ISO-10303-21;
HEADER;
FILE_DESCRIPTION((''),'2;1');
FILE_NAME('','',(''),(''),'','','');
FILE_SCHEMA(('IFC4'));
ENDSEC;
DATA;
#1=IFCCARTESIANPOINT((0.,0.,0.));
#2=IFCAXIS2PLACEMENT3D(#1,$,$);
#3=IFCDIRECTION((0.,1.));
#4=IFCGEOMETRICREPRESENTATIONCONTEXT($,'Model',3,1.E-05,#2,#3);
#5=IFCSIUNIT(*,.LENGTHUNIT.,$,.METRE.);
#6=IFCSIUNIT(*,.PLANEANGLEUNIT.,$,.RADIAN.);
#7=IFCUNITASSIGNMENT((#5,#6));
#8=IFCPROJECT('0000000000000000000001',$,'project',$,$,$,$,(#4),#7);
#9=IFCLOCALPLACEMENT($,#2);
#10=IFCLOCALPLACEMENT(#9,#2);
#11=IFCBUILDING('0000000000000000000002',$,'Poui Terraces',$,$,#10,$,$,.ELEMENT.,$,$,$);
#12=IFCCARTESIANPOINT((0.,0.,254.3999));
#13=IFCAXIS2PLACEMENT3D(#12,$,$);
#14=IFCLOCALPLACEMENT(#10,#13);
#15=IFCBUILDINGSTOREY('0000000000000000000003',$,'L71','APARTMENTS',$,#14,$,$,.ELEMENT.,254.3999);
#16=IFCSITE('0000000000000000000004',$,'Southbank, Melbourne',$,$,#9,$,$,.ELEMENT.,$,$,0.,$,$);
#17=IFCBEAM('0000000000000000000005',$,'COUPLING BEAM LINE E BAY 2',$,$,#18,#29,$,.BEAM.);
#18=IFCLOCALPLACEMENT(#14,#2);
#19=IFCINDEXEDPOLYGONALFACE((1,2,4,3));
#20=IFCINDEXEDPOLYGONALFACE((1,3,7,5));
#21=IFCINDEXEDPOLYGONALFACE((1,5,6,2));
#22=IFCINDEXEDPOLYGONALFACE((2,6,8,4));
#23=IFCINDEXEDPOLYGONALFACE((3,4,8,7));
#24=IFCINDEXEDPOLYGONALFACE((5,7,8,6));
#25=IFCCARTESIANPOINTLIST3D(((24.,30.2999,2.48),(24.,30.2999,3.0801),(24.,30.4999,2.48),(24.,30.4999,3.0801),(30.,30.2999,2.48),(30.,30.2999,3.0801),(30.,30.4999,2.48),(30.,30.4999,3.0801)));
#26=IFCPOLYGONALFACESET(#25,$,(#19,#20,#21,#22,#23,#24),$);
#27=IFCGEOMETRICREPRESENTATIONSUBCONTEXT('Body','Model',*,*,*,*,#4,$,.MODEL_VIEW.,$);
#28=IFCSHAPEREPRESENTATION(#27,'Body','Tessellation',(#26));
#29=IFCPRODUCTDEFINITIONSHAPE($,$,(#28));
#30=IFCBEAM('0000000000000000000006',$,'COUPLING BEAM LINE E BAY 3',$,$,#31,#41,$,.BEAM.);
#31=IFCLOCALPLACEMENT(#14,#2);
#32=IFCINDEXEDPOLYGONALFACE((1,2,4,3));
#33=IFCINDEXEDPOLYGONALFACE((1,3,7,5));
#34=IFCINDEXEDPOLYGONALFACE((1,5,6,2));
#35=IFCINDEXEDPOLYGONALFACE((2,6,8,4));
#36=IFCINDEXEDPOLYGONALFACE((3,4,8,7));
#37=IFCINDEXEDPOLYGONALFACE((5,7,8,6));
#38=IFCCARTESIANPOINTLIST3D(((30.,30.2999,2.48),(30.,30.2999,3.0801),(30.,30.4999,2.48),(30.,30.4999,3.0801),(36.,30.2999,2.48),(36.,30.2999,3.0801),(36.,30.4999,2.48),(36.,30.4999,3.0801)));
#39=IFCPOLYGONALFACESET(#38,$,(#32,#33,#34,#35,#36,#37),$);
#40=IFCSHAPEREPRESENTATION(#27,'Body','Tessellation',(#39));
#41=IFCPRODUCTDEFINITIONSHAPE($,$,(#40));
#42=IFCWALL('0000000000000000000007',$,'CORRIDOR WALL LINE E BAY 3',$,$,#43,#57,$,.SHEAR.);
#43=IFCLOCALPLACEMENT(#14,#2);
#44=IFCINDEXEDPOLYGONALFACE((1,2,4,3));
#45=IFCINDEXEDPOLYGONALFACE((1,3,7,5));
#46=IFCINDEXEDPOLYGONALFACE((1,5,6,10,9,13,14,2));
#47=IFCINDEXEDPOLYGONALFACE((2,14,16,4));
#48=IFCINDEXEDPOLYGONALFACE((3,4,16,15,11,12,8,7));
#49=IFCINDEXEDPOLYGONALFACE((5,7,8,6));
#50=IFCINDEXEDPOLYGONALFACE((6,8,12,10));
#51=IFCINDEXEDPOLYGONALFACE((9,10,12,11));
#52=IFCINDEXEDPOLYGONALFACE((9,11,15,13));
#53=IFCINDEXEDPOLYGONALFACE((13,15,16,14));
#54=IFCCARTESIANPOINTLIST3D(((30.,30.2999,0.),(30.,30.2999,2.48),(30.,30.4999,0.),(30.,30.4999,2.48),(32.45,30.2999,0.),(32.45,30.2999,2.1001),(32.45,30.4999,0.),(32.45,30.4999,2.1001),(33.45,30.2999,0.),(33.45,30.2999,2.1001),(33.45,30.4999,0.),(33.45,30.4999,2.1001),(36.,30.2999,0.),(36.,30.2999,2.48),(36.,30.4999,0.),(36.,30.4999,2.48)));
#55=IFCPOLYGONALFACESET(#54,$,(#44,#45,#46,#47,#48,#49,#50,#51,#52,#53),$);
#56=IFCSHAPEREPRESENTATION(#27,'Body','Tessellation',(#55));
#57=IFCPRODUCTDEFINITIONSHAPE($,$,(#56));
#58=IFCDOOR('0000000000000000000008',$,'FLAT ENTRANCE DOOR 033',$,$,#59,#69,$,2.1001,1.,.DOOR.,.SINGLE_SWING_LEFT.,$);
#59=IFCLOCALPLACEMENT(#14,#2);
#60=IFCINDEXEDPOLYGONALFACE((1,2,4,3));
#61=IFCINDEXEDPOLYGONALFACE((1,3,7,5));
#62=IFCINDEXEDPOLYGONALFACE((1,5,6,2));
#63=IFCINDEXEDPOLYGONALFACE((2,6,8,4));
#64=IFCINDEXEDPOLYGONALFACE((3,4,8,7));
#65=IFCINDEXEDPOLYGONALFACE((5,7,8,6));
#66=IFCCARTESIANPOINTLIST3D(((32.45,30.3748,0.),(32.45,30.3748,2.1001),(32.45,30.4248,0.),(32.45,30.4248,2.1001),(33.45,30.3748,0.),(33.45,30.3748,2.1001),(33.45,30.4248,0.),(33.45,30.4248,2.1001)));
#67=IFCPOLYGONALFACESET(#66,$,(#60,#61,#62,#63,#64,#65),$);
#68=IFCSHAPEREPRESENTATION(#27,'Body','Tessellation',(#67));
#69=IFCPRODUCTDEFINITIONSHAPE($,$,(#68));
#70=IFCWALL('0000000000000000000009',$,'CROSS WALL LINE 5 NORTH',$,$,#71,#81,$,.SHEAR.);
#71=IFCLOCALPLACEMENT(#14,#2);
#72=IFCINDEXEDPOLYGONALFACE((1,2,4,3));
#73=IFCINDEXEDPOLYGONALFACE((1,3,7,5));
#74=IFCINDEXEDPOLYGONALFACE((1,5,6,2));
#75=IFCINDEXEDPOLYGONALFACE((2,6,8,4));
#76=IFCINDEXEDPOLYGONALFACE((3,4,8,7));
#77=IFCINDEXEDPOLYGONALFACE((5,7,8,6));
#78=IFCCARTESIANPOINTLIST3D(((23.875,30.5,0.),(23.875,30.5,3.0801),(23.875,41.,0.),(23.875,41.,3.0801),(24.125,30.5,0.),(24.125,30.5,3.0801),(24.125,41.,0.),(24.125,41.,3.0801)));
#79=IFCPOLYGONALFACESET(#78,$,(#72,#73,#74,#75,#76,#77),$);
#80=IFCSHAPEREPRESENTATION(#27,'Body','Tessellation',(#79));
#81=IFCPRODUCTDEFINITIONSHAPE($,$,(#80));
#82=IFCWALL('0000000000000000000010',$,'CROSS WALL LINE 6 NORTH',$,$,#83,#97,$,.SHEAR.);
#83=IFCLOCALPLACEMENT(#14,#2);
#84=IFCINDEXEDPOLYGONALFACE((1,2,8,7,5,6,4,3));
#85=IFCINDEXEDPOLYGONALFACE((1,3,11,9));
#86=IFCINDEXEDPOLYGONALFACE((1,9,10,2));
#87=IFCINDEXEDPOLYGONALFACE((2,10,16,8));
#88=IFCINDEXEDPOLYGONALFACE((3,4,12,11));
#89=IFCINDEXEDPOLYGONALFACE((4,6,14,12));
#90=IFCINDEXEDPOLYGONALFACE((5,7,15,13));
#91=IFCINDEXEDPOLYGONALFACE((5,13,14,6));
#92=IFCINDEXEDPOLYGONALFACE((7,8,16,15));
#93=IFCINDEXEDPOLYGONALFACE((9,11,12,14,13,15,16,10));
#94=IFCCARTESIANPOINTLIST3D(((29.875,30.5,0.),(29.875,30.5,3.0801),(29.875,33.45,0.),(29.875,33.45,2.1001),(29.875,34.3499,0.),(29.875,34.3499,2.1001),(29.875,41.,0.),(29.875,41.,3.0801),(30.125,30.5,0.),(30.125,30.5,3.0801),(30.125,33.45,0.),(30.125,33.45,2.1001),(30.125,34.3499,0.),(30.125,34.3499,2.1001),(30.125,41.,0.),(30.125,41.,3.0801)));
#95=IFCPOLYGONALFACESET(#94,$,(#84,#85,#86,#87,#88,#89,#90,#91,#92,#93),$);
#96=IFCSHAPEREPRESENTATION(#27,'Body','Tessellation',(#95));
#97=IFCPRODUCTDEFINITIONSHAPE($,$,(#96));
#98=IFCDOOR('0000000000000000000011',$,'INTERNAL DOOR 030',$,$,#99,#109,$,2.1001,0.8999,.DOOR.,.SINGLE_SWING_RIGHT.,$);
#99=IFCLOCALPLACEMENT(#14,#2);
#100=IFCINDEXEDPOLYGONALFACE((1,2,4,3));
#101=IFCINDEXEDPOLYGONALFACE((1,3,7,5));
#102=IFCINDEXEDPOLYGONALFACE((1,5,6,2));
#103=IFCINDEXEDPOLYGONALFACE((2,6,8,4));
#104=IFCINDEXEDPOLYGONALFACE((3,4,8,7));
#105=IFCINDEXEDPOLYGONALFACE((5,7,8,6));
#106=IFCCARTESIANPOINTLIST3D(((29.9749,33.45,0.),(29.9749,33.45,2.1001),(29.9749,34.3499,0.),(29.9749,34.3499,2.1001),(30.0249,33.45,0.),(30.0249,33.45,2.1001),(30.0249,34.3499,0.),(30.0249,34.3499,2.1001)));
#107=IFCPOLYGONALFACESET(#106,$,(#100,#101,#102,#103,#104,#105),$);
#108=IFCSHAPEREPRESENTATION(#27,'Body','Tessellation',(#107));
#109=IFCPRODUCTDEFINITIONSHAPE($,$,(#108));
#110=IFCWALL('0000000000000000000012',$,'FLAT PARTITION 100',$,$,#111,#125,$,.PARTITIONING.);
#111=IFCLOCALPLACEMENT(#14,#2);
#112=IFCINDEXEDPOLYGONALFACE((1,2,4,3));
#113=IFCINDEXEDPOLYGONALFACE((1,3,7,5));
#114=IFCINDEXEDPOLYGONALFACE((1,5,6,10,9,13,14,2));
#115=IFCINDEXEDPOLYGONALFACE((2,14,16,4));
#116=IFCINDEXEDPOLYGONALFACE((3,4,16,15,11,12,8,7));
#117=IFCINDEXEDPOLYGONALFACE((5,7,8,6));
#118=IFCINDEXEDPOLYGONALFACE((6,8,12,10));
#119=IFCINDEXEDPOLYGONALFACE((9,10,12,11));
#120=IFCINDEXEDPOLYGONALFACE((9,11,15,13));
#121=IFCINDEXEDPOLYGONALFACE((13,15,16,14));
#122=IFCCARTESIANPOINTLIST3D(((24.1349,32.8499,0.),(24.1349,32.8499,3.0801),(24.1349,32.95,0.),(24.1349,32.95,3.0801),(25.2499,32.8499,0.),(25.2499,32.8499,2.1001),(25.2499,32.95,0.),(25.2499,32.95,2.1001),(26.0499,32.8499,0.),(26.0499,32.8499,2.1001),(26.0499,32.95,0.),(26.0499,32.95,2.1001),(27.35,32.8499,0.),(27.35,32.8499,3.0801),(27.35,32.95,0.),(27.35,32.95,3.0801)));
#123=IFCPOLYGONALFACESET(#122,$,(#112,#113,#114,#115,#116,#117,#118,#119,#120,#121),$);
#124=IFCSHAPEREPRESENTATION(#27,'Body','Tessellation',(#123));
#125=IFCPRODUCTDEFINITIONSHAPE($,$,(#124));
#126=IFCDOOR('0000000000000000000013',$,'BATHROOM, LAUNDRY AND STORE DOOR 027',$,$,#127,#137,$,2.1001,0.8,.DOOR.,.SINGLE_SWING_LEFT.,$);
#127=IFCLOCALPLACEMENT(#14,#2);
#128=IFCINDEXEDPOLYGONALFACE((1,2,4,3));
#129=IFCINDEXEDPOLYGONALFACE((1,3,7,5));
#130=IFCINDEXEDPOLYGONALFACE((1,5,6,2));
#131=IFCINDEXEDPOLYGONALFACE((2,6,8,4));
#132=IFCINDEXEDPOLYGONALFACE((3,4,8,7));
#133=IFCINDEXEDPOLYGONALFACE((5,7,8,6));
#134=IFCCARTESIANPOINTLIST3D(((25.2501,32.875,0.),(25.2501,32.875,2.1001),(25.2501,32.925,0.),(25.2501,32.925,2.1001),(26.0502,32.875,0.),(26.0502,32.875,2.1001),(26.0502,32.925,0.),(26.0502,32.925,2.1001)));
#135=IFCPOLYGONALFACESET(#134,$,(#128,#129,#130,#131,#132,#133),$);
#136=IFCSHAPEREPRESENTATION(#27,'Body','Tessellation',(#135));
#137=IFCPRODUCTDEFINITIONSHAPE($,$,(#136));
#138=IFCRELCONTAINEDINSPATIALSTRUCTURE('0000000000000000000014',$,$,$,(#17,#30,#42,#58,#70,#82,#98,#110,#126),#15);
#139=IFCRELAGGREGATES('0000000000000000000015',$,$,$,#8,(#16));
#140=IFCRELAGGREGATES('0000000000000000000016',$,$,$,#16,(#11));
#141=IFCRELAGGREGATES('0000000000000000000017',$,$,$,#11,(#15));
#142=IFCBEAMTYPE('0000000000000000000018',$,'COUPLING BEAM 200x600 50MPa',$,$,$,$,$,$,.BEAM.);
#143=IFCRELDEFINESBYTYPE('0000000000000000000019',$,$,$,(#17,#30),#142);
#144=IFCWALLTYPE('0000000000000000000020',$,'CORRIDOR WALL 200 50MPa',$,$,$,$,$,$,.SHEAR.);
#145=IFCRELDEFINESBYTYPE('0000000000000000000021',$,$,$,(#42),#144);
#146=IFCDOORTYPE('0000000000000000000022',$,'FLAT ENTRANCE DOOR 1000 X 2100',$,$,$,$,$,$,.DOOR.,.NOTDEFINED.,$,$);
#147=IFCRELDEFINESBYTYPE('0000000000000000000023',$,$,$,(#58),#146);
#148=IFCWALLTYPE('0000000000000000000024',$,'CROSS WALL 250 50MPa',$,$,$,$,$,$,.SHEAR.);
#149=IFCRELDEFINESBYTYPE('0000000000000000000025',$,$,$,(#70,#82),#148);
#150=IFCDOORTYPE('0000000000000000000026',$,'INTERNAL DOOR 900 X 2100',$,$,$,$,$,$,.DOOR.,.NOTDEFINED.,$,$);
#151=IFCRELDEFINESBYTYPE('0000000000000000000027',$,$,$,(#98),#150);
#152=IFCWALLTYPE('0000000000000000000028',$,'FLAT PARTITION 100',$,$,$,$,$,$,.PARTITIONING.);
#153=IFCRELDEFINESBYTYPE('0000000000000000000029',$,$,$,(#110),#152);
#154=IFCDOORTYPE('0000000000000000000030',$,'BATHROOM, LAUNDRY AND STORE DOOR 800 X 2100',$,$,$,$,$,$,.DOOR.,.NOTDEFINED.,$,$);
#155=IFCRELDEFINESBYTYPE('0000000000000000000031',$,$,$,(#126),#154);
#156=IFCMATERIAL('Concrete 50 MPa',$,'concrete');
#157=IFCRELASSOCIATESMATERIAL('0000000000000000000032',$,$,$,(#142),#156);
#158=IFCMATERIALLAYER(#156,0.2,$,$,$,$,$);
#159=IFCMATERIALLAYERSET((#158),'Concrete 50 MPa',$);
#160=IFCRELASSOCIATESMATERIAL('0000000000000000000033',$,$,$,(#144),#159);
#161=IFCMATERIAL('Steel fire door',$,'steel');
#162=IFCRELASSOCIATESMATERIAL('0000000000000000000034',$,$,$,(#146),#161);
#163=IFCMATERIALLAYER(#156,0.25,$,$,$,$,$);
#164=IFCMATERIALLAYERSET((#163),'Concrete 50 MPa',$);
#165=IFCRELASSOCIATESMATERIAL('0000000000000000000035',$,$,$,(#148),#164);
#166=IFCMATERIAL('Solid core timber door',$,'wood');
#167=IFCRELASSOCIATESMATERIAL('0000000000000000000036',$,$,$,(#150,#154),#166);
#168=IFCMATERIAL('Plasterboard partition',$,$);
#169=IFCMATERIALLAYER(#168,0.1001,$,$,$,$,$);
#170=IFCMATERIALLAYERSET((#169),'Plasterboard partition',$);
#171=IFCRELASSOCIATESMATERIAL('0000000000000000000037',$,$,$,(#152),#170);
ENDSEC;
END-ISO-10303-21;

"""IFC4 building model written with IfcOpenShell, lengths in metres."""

from ifc_helpers import new_model, si_unit, direction, frame, frame_2d, origin, origin_2d, place, context, subcontext, project, spatial, rectangle, extrude, source, transform, mapped, material, layer, layer_set, material_profile, profile_set, type_object, element, fill, save


model = new_model("IFC4")

# Units and contexts
model_context = context("Model", 3, precision=1e-05, world=origin(), true_north=direction((0.0, 1.0)))
body_context = subcontext(model_context, "Body", "Model", "MODEL_VIEW")
ifc_project = project(units=[si_unit("LENGTHUNIT", "METRE"), si_unit("PLANEANGLEUNIT", "RADIAN")], contexts=[model_context])

# Site, building, storey
site_placement = place(None, origin())
site = spatial("IfcSite", under=ifc_project, at=site_placement, Name="Southbank, Melbourne", CompositionType="ELEMENT", RefElevation=0.0)
building_placement = place(site_placement, origin())
building = spatial("IfcBuilding", under=site, at=building_placement, Name="Poui Terraces", CompositionType="ELEMENT")
storey_placement = place(building_placement, frame((0.0, 0.0, 254.3999)))
storey = spatial("IfcBuildingStorey", under=building, at=storey_placement, Name="L71", Description="APARTMENTS", CompositionType="ELEMENT", Elevation=254.3999)

# Beams
ifc_material_1 = material(Name="Concrete 50 MPa", Category="concrete")
ifc_material_profile = material_profile(ifc_material_1, rectangle(XDim=0.2, YDim=0.6001, at=origin_2d()), Name="RC 200x600")
ifc_profile_set = profile_set([ifc_material_profile], Name="Concrete 50 MPa")
beam_type = type_object("IfcBeamType", Name="COUPLING BEAM 200x600 50MPa", PredefinedType="BEAM", material=ifc_profile_set)
shared_shape_1 = source(origin(), body_context, "Body", "SweptSolid", [
    extrude(rectangle(XDim=0.2, YDim=0.6001, at=origin_2d()), origin(), (0.0, 0.0, 1.0), 6.0),
])
for number, where, z_axis, x_axis, name in (
    (1, (24.0, 30.3999, 2.78), (1.0, 0.0, 0.0), (0.0, 1.0, 0.0), "COUPLING BEAM LINE E BAY 2"),
    (2, (30.0, 30.3999, 2.78), (1.0, 0.0, 0.0), (0.0, 1.0, 0.0), "COUPLING BEAM LINE E BAY 3"),
):
    element("IfcBeam", number, at=place(storey_placement, frame(where, z_axis=z_axis, x_axis=x_axis)), inside=storey, type_object=beam_type, Name=name, PredefinedType="BEAM", context=body_context, shape_type="MappedRepresentation", body=[
        mapped(shared_shape_1, transform((0.0, 0.0, 0.0))),
    ])

# Wall, opening, door
ifc_layer_1 = layer(ifc_material_1, 0.2)
ifc_layer_set_1 = layer_set([ifc_layer_1], Name="Concrete 50 MPa")
wall_type_1 = type_object("IfcWallType", Name="CORRIDOR WALL 200 50MPa", PredefinedType="SHEAR", material=ifc_layer_set_1)
wall_1_placement = place(storey_placement, frame((30.0, 30.3999, 0.0), z_axis=(0.0, 0.0, 1.0), x_axis=(1.0, 0.0, 0.0)))
wall_1 = element("IfcWall", 3, at=wall_1_placement, inside=storey, type_object=wall_type_1, Name="CORRIDOR WALL LINE E BAY 3", PredefinedType="SHEAR", context=body_context, shape_type="SweptSolid", body=[
    extrude(rectangle(XDim=6.0, YDim=0.2, at=frame_2d((3.0, 0.0))), origin(), (0.0, 0.0, 1.0), 2.48),
])
opening_1_placement = place(wall_1_placement, frame((2.45, 0.0, 0.0)))
opening_1 = element("IfcOpeningElement", 4, at=opening_1_placement, cuts=wall_1, PredefinedType="OPENING", context=body_context, shape_type="SweptSolid", body=[
    extrude(rectangle(XDim=1.0, YDim=2.1001, at=frame_2d((0.5, 1.05))), frame((0.0, 0.1099, 0.0), z_axis=(0.0, -1.0, 0.0), x_axis=(1.0, 0.0, 0.0)), (0.0, 0.0, 1.0), 0.22),
])
ifc_material_2 = material(Name="Steel fire door", Category="steel")
door_type_1 = type_object("IfcDoorType", Name="FLAT ENTRANCE DOOR 1000 X 2100", OperationType="NOTDEFINED", PredefinedType="DOOR", material=ifc_material_2)
door_1_placement = place(opening_1_placement, origin())
door_1 = element("IfcDoor", 5, at=door_1_placement, inside=storey, type_object=door_type_1, Name="FLAT ENTRANCE DOOR 033", OperationType="SINGLE_SWING_LEFT", OverallHeight=2.1001, OverallWidth=1.0, PredefinedType="DOOR", context=body_context, shape_type="SweptSolid", body=[
    extrude(rectangle(XDim=1.0, YDim=2.1001, at=frame_2d((0.5, 1.05))), frame((0.0, 0.0249, 0.0), z_axis=(0.0, -1.0, 0.0), x_axis=(1.0, 0.0, 0.0)), (0.0, 0.0, 1.0), 0.05),
])
fill(opening_1, door_1)

# Wall
ifc_layer_2 = layer(ifc_material_1, 0.25)
ifc_layer_set_2 = layer_set([ifc_layer_2], Name="Concrete 50 MPa")
wall_type_2 = type_object("IfcWallType", Name="CROSS WALL 250 50MPa", PredefinedType="SHEAR", material=ifc_layer_set_2)
wall_2_placement = place(storey_placement, frame((24.0, 30.5, 0.0), z_axis=(0.0, 0.0, 1.0), x_axis=(0.0, 1.0, 0.0)))
element("IfcWall", 6, at=wall_2_placement, inside=storey, type_object=wall_type_2, Name="CROSS WALL LINE 5 NORTH", PredefinedType="SHEAR", context=body_context, shape_type="SweptSolid", body=[
    extrude(rectangle(XDim=10.5, YDim=0.25, at=frame_2d((5.25, 0.0))), origin(), (0.0, 0.0, 1.0), 3.0801),
])

# Walls, openings, doors
wall_3_placement = place(storey_placement, frame((30.0, 30.5, 0.0), z_axis=(0.0, 0.0, 1.0), x_axis=(0.0, 1.0, 0.0)))
wall_3 = element("IfcWall", 7, at=wall_3_placement, inside=storey, type_object=wall_type_2, Name="CROSS WALL LINE 6 NORTH", PredefinedType="SHEAR", context=body_context, shape_type="SweptSolid", body=[
    extrude(rectangle(XDim=10.5, YDim=0.25, at=frame_2d((5.25, 0.0))), origin(), (0.0, 0.0, 1.0), 3.0801),
])
opening_2_placement = place(wall_3_placement, frame((2.95, 0.0, 0.0)))
opening_2 = element("IfcOpeningElement", 8, at=opening_2_placement, cuts=wall_3, PredefinedType="OPENING", context=body_context, shape_type="SweptSolid", body=[
    extrude(rectangle(XDim=0.8999, YDim=2.1001, at=frame_2d((0.45, 1.05))), frame((0.0, 0.135, 0.0), z_axis=(0.0, -1.0, 0.0), x_axis=(1.0, 0.0, 0.0)), (0.0, 0.0, 1.0), 0.27),
])
ifc_material_3 = material(Name="Solid core timber door", Category="wood")
door_type_2 = type_object("IfcDoorType", Name="INTERNAL DOOR 900 X 2100", OperationType="NOTDEFINED", PredefinedType="DOOR", material=ifc_material_3)
door_2_placement = place(opening_2_placement, frame((0.8999, 0.0, 0.0), z_axis=(0.0, 0.0, 1.0), x_axis=(-1.0, 0.0, 0.0)))
door_2 = element("IfcDoor", 9, at=door_2_placement, inside=storey, type_object=door_type_2, Name="INTERNAL DOOR 030", OperationType="SINGLE_SWING_RIGHT", OverallHeight=2.1001, OverallWidth=0.8999, PredefinedType="DOOR", context=body_context, shape_type="SweptSolid", body=[
    extrude(rectangle(XDim=0.8999, YDim=2.1001, at=frame_2d((0.45, 1.05))), frame((0.0, 0.0249, 0.0), z_axis=(0.0, -1.0, 0.0), x_axis=(1.0, 0.0, 0.0)), (0.0, 0.0, 1.0), 0.05),
])
fill(opening_2, door_2)
ifc_material_4 = material(Name="Plasterboard partition")
ifc_layer_3 = layer(ifc_material_4, 0.1001)
ifc_layer_set_3 = layer_set([ifc_layer_3], Name="Plasterboard partition")
wall_type_3 = type_object("IfcWallType", Name="FLAT PARTITION 100", PredefinedType="PARTITIONING", material=ifc_layer_set_3)
wall_4_placement = place(storey_placement, frame((24.135, 32.8999, 0.0), z_axis=(0.0, 0.0, 1.0), x_axis=(1.0, 0.0, 0.0)))
wall_4 = element("IfcWall", 10, at=wall_4_placement, inside=storey, type_object=wall_type_3, Name="FLAT PARTITION 100", PredefinedType="PARTITIONING", context=body_context, shape_type="SweptSolid", body=[
    extrude(rectangle(XDim=3.2151, YDim=0.1001, at=frame_2d((1.6074, 0.0))), origin(), (0.0, 0.0, 1.0), 3.0801),
])
opening_3_placement = place(wall_4_placement, frame((1.115, 0.0, 0.0)))
opening_3 = element("IfcOpeningElement", 11, at=opening_3_placement, cuts=wall_4, PredefinedType="OPENING", context=body_context, shape_type="SweptSolid", body=[
    extrude(rectangle(XDim=0.8, YDim=2.1001, at=frame_2d((0.3999, 1.05))), frame((0.0, 0.0601, 0.0), z_axis=(0.0, -1.0, 0.0), x_axis=(1.0, 0.0, 0.0)), (0.0, 0.0, 1.0), 0.1201),
])
door_type_3 = type_object("IfcDoorType", Name="BATHROOM, LAUNDRY AND STORE DOOR 800 X 2100", OperationType="NOTDEFINED", PredefinedType="DOOR", material=ifc_material_3)
door_3_placement = place(opening_3_placement, frame((0.8, 0.0, 0.0), z_axis=(0.0, 0.0, 1.0), x_axis=(-1.0, 0.0, 0.0)))
door_3 = element("IfcDoor", 12, at=door_3_placement, inside=storey, type_object=door_type_3, Name="BATHROOM, LAUNDRY AND STORE DOOR 027", OperationType="SINGLE_SWING_LEFT", OverallHeight=2.1001, OverallWidth=0.8, PredefinedType="DOOR", context=body_context, shape_type="SweptSolid", body=[
    extrude(rectangle(XDim=0.8, YDim=2.1001, at=frame_2d((0.3999, 1.05))), frame((0.0, 0.0249, 0.0), z_axis=(0.0, -1.0, 0.0), x_axis=(1.0, 0.0, 0.0)), (0.0, 0.0, 1.0), 0.05),
])
fill(opening_3, door_3)

save(model, "model.ifc")
